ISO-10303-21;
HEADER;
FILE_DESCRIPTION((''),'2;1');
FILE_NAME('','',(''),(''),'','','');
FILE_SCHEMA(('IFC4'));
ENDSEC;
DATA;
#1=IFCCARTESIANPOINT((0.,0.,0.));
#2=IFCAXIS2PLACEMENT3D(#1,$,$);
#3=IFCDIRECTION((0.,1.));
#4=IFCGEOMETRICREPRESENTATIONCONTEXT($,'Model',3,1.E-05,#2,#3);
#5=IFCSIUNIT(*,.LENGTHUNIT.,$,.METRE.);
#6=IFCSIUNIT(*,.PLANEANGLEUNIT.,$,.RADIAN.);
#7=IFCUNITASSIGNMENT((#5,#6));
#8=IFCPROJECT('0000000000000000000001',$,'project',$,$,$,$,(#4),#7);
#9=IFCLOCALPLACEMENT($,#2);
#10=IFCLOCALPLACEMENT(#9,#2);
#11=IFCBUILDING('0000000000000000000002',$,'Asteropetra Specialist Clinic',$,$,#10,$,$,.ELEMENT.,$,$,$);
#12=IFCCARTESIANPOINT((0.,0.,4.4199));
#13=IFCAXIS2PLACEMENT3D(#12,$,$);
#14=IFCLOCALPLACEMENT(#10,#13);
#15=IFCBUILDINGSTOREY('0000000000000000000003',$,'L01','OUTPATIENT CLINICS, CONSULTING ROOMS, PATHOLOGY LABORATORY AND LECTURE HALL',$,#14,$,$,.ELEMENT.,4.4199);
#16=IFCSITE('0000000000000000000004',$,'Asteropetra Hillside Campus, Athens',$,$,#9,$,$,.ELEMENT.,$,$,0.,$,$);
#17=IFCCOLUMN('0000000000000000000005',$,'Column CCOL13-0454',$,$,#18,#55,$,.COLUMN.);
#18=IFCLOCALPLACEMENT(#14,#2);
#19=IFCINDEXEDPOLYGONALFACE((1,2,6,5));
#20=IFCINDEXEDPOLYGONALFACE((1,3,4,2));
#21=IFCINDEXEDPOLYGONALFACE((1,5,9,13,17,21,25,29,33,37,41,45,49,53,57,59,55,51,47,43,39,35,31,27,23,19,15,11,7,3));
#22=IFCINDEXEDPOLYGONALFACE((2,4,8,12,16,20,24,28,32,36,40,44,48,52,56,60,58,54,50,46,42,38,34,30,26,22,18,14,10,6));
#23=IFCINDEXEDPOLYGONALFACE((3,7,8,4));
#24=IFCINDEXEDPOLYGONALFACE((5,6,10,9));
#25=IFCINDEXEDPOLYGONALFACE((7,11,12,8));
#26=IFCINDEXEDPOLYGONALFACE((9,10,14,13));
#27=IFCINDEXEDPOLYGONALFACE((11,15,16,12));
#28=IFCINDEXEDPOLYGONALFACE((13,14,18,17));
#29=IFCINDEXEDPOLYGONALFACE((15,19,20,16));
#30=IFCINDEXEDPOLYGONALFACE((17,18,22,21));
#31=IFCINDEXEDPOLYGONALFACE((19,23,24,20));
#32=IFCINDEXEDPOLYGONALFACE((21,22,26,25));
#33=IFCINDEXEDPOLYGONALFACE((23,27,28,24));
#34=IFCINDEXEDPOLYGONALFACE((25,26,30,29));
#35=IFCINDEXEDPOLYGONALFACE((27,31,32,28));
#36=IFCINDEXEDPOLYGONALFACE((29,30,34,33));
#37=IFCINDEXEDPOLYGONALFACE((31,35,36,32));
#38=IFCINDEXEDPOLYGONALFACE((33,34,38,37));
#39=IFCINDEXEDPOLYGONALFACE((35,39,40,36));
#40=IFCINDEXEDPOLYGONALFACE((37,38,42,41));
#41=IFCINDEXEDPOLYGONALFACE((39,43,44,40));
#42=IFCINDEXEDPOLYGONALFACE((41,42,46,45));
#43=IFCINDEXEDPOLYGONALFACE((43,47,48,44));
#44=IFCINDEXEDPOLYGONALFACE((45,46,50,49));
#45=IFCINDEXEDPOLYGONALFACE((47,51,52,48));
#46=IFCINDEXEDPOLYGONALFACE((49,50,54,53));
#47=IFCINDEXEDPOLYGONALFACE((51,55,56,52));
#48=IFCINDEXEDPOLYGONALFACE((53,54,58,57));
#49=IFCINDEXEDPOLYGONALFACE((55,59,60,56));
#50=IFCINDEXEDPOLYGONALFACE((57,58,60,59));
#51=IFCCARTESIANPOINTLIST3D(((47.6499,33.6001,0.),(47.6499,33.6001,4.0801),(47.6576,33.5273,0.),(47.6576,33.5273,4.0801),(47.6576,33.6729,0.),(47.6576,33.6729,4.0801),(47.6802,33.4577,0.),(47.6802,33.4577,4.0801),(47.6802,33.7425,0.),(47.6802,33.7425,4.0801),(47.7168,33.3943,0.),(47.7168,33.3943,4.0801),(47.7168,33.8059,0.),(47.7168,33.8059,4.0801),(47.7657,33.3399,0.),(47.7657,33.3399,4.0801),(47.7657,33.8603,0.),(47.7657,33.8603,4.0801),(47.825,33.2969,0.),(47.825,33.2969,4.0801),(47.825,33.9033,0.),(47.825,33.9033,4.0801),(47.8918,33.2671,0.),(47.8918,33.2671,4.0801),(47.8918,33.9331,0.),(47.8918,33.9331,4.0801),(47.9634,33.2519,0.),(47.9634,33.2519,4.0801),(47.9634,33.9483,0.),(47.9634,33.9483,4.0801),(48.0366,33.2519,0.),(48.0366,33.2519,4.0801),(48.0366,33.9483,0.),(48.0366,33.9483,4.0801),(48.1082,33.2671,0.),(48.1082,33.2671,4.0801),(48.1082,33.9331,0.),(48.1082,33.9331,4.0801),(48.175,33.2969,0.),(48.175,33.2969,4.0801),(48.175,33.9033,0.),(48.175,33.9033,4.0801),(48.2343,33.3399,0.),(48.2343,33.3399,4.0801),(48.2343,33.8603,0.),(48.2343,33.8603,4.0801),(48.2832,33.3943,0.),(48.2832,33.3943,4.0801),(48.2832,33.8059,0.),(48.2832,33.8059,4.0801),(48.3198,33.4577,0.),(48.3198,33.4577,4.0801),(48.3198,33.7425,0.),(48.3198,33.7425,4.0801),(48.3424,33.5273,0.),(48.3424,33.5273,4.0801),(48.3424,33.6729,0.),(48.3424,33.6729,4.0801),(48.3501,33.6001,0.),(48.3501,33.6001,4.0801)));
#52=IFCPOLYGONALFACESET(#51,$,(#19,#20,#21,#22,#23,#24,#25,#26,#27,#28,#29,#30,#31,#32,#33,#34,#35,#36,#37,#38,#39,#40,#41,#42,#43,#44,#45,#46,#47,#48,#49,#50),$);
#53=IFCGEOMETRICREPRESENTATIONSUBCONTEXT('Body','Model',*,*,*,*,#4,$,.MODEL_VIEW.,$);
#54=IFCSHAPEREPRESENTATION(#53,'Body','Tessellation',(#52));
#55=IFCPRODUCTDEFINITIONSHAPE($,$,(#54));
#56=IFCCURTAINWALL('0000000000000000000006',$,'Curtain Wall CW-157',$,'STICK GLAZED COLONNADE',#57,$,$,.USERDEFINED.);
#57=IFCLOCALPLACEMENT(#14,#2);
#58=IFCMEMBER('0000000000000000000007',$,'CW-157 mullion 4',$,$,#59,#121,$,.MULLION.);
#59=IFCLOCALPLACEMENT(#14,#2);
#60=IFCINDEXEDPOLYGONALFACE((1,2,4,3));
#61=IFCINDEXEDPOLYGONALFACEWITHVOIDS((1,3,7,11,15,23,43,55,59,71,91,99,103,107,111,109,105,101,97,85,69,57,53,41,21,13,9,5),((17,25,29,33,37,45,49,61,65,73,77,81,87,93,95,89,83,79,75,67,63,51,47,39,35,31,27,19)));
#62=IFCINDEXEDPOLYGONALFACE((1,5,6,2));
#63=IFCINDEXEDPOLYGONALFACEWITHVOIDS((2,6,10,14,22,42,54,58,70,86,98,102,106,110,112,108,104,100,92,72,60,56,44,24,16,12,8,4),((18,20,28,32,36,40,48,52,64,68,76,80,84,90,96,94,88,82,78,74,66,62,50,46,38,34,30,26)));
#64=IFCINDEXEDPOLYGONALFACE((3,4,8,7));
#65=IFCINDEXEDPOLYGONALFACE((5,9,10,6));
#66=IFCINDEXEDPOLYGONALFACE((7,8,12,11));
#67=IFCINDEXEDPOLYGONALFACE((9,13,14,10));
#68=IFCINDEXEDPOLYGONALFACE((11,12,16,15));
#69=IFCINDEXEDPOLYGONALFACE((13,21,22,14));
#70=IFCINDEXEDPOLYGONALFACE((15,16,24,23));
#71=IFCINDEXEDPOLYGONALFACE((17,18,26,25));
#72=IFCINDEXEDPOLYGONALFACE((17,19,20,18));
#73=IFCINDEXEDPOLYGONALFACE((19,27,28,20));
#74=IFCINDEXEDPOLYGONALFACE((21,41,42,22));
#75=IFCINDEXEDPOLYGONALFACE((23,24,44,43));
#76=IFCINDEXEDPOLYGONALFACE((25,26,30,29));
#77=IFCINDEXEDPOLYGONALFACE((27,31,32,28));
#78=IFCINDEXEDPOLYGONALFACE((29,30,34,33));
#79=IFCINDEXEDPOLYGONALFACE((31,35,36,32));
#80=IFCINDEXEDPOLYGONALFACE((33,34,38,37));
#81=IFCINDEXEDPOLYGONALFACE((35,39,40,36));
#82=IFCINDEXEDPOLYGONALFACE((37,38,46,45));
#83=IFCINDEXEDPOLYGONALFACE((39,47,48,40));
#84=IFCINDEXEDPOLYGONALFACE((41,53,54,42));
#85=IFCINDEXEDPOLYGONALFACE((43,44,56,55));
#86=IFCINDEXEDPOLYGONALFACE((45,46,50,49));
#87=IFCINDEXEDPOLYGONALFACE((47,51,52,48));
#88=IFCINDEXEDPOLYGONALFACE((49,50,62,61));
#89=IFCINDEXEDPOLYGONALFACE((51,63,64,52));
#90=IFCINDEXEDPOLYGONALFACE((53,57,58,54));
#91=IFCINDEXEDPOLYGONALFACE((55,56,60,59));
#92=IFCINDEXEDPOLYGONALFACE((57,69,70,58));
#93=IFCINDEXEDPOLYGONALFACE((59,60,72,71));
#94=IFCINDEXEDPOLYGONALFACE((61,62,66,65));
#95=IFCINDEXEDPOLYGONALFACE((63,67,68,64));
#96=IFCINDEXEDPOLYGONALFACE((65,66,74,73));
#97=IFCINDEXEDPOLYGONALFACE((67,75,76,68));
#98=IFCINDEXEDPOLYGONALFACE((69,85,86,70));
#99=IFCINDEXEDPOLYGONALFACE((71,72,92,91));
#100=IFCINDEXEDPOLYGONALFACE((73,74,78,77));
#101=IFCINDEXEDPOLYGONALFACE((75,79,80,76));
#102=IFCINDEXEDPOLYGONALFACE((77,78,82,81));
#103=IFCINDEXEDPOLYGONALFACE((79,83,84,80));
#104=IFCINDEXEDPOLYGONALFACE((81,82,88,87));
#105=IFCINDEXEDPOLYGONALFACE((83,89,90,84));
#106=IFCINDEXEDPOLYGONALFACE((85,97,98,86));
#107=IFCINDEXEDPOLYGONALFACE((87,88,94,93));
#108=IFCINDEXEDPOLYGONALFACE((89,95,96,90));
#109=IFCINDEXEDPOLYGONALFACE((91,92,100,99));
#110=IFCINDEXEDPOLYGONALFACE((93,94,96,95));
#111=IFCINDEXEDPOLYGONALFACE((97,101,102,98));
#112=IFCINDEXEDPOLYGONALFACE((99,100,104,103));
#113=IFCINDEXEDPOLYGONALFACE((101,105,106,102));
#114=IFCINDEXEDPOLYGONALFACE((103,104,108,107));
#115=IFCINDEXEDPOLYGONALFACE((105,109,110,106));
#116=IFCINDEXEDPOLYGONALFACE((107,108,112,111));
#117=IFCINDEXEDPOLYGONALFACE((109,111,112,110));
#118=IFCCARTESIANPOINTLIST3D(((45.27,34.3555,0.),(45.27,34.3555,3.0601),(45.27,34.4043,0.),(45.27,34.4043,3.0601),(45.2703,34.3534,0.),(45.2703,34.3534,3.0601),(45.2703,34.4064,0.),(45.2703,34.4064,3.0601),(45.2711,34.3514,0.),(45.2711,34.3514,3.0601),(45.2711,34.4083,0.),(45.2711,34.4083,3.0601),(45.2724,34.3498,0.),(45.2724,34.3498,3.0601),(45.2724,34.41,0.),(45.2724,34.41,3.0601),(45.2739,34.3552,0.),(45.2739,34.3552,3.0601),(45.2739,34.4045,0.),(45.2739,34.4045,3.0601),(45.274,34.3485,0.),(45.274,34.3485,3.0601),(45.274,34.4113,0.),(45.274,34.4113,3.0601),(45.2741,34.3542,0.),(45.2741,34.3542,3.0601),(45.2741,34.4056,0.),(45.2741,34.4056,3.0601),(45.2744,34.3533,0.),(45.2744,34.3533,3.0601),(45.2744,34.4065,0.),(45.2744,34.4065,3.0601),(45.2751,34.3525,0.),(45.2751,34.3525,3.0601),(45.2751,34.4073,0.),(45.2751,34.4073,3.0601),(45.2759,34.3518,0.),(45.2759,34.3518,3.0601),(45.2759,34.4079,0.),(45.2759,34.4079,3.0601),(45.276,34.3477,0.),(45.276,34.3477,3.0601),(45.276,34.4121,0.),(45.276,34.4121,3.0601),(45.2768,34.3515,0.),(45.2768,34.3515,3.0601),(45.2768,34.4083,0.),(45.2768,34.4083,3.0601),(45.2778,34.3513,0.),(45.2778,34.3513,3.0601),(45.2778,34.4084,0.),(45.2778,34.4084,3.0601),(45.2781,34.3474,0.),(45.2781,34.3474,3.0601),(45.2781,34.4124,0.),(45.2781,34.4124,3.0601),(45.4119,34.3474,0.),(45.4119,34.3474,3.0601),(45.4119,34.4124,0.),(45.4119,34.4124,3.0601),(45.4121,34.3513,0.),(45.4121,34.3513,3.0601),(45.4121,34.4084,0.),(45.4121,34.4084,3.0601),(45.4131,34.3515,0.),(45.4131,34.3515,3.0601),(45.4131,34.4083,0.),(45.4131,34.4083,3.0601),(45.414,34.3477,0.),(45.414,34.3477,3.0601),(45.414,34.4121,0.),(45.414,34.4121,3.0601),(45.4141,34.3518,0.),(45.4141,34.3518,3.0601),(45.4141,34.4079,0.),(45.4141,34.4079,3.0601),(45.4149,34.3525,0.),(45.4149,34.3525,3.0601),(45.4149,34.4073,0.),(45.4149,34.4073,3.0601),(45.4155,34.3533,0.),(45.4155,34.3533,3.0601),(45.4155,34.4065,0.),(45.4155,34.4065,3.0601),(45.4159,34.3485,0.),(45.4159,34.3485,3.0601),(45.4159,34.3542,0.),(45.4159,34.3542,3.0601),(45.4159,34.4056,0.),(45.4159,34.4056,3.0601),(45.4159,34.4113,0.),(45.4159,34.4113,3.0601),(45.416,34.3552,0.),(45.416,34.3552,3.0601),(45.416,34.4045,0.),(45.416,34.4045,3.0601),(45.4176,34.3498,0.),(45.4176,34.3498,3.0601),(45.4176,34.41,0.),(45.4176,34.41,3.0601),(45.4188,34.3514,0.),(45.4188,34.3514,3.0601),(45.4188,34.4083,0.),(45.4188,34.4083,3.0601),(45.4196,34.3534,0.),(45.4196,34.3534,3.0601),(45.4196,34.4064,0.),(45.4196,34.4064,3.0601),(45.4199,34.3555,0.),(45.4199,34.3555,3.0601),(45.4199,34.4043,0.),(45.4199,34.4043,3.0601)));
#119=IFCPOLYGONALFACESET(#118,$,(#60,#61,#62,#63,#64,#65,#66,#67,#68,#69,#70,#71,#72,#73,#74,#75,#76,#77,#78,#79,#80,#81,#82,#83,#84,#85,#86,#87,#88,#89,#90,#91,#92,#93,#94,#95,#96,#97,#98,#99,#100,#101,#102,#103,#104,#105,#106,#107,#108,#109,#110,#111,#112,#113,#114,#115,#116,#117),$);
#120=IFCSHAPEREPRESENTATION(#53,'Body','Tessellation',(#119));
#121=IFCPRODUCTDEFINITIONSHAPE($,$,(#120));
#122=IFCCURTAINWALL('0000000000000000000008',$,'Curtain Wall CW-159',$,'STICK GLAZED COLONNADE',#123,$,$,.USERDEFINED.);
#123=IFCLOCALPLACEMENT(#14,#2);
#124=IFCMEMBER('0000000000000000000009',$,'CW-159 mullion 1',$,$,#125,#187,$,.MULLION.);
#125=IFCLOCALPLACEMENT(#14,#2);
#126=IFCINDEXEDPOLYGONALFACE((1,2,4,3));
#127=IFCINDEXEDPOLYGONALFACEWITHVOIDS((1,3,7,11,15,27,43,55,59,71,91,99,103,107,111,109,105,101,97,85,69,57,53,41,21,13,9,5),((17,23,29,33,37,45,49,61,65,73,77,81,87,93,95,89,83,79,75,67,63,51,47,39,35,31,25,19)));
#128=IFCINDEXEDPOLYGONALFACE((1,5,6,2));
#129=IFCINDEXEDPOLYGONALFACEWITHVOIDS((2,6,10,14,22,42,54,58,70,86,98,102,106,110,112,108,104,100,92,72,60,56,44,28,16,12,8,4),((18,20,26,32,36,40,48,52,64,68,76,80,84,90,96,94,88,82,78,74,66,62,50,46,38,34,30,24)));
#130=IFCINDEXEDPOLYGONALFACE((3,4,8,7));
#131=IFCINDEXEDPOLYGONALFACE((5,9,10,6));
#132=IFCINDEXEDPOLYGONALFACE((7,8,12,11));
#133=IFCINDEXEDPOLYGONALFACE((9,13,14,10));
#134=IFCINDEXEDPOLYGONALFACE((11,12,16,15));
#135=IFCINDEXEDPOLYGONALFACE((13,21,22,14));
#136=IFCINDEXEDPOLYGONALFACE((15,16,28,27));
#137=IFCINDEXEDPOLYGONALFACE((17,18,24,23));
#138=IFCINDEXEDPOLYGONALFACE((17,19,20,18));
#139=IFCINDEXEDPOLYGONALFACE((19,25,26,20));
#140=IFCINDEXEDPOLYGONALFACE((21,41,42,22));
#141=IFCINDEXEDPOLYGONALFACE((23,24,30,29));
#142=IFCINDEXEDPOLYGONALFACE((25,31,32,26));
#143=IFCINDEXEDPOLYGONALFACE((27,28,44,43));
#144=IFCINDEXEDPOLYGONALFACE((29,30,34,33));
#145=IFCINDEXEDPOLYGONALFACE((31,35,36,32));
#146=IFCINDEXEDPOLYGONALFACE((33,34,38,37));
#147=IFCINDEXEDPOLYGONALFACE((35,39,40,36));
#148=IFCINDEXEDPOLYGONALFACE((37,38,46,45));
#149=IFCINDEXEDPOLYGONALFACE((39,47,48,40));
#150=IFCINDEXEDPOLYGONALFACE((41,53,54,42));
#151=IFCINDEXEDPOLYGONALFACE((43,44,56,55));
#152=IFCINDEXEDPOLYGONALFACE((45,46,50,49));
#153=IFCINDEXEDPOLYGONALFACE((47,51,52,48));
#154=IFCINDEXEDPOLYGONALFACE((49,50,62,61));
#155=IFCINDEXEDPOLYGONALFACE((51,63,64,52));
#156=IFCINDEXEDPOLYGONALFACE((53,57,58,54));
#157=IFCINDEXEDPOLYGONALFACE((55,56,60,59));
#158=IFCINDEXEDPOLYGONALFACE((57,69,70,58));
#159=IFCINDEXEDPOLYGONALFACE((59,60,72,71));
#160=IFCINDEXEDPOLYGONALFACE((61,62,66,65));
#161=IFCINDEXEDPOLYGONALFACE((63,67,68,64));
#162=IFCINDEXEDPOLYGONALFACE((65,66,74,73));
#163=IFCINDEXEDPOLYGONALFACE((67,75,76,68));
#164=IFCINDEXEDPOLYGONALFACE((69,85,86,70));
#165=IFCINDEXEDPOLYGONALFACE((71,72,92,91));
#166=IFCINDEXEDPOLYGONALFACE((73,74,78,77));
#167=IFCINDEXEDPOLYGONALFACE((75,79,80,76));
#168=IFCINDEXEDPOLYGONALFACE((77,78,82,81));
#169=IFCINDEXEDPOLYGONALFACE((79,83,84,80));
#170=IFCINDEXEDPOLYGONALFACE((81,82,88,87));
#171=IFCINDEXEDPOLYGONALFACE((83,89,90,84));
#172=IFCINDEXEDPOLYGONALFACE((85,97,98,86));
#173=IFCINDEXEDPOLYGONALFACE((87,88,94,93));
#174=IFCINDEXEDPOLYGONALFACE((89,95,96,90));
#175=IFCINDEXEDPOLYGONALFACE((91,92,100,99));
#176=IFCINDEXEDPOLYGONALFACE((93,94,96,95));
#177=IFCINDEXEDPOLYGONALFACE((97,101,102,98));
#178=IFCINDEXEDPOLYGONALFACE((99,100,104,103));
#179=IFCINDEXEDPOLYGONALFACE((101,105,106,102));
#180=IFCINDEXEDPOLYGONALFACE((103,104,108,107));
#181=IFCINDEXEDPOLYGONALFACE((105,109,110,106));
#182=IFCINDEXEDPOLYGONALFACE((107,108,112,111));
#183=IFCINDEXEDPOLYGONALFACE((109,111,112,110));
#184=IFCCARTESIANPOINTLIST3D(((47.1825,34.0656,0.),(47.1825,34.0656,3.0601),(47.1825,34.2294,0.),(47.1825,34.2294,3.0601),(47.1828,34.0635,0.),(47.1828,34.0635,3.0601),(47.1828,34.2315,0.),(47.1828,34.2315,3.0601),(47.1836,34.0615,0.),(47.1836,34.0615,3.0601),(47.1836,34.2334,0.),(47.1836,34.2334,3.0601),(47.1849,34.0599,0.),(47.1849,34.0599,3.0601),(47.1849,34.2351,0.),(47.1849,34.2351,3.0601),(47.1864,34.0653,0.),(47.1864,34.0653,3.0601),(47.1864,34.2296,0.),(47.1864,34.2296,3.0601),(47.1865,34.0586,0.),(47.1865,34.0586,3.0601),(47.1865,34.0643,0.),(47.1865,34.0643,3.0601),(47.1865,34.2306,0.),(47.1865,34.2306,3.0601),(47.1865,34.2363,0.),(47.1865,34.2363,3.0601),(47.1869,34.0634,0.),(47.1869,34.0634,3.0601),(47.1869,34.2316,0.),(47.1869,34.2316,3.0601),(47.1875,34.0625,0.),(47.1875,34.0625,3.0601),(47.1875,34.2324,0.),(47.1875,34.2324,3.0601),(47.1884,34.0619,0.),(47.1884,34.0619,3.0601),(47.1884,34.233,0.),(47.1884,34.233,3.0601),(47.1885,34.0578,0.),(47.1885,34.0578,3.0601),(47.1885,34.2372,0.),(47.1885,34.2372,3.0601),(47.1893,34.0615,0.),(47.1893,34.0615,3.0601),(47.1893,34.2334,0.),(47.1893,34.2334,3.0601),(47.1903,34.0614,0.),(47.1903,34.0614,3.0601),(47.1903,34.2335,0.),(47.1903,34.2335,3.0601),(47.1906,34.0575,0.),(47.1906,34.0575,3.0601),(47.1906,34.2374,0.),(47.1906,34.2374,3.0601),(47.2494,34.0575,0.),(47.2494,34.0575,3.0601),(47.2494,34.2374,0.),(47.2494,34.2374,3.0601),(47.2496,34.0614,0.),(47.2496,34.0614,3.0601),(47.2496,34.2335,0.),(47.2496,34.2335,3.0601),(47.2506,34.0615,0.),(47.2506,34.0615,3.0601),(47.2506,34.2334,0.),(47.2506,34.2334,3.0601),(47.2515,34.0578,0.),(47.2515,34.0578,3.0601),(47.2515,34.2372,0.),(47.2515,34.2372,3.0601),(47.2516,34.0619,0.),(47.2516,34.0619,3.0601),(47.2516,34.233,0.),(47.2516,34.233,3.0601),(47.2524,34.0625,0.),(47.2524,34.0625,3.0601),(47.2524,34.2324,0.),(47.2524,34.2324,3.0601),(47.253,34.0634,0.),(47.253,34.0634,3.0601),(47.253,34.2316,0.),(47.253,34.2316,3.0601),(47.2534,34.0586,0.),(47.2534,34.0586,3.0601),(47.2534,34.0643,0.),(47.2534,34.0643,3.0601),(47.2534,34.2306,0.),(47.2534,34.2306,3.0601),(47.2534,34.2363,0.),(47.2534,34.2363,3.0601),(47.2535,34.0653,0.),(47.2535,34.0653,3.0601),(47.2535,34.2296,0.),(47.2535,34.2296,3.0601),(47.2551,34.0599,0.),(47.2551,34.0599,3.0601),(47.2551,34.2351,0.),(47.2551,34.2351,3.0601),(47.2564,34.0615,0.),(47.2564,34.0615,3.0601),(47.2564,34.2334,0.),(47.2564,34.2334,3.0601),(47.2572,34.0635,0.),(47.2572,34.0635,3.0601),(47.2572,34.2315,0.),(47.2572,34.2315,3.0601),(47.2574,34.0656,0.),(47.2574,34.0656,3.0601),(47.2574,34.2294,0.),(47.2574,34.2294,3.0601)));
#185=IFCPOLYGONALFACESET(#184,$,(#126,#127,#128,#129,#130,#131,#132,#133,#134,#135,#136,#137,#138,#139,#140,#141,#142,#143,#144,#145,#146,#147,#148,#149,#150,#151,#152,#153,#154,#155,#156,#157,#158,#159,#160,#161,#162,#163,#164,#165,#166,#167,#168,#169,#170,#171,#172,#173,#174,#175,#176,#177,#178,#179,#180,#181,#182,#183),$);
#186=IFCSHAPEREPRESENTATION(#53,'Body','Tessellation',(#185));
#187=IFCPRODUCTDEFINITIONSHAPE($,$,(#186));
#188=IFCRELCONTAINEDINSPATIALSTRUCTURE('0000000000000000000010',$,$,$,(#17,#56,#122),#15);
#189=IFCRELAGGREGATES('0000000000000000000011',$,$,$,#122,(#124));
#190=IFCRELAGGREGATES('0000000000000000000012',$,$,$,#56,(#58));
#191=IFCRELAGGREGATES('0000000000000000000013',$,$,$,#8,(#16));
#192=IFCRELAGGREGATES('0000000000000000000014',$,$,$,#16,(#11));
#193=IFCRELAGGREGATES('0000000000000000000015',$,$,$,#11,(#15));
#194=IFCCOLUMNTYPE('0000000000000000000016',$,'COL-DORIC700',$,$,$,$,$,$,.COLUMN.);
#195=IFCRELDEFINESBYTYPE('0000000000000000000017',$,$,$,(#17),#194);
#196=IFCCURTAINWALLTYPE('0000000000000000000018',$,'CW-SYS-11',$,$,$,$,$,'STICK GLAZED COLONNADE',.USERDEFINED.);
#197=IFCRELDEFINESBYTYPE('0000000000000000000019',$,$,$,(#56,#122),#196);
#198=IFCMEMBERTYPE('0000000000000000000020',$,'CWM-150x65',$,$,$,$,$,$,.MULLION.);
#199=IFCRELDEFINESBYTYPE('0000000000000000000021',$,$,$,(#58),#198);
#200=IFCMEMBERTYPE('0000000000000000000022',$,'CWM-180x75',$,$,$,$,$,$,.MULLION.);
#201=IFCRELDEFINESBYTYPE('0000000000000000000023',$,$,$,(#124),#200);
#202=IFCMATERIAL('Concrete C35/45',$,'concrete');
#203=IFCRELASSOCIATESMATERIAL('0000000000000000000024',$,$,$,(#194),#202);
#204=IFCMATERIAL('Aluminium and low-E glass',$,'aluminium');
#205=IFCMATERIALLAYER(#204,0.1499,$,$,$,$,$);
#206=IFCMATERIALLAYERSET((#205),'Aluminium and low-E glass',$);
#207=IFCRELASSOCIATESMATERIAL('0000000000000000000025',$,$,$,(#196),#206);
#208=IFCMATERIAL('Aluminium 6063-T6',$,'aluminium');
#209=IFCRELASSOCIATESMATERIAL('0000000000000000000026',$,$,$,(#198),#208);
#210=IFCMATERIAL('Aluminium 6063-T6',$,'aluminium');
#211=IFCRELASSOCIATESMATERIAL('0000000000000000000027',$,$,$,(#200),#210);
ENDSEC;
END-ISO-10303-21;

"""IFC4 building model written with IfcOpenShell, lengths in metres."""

from ifc_helpers import new_model, si_unit, direction, frame, origin, origin_2d, place, context, subcontext, project, spatial, hollow_rectangle, circle, extrude, material, layer, layer_set, material_profile, profile_set, type_object, element, aggregate, save


model = new_model("IFC4")

# Units and contexts
model_context = context("Model", 3, precision=1e-05, world=origin(), true_north=direction((0.0, 1.0)))
body_context = subcontext(model_context, "Body", "Model", "MODEL_VIEW")
ifc_project = project(units=[si_unit("LENGTHUNIT", "METRE"), si_unit("PLANEANGLEUNIT", "RADIAN")], contexts=[model_context])

# Site, building, storey
site_placement = place(None, origin())
site = spatial("IfcSite", under=ifc_project, at=site_placement, Name="Asteropetra Hillside Campus, Athens", CompositionType="ELEMENT", RefElevation=0.0)
building_placement = place(site_placement, origin())
building = spatial("IfcBuilding", under=site, at=building_placement, Name="Asteropetra Specialist Clinic", CompositionType="ELEMENT")
storey_placement = place(building_placement, frame((0.0, 0.0, 4.4199)))
storey = spatial("IfcBuildingStorey", under=building, at=storey_placement, Name="L01", Description="OUTPATIENT CLINICS, CONSULTING ROOMS, PATHOLOGY LABORATORY AND LECTURE HALL", CompositionType="ELEMENT", Elevation=4.4199)

# Column
ifc_material_1 = material(Name="Concrete C35/45", Category="concrete")
ifc_material_profile_1 = material_profile(ifc_material_1, circle(Radius=0.3501, at=origin_2d()), Name="RCC D700")
ifc_profile_set_1 = profile_set([ifc_material_profile_1], Name="Concrete C35/45")
column_type = type_object("IfcColumnType", Name="COL-DORIC700", PredefinedType="COLUMN", material=ifc_profile_set_1)
column_placement = place(storey_placement, frame((48.0, 33.6001, 0.0), z_axis=(0.0, 0.0, 1.0), x_axis=(1.0, 0.0, 0.0)))
element("IfcColumn", 1, at=column_placement, inside=storey, type_object=column_type, Name="Column CCOL13-0454", PredefinedType="COLUMN", context=body_context, shape_type="SweptSolid", body=[
    extrude(circle(Radius=0.3501, at=origin_2d()), origin(), (0.0, 0.0, 1.0), 4.0801),
])

# Curtain walls, members
ifc_material_2 = material(Name="Aluminium and low-E glass", Category="aluminium")
ifc_layer_1 = layer(ifc_material_2, 0.1499)
ifc_layer_set_1 = layer_set([ifc_layer_1], Name="Aluminium and low-E glass")
curtain_wall_type = type_object("IfcCurtainWallType", Name="CW-SYS-11", ElementType="STICK GLAZED COLONNADE", PredefinedType="USERDEFINED", material=ifc_layer_set_1)
curtain_wall_1_placement = place(storey_placement, origin())
curtain_wall_1 = element("IfcCurtainWall", 2, at=curtain_wall_1_placement, inside=storey, type_object=curtain_wall_type, Name="Curtain Wall CW-157", ObjectType="STICK GLAZED COLONNADE", PredefinedType="USERDEFINED")
ifc_material_3 = material(Name="Aluminium 6063-T6", Category="aluminium")
ifc_material_profile_2 = material_profile(ifc_material_3, hollow_rectangle(XDim=0.0649, YDim=0.1499, WallThickness=0.0039, InnerFilletRadius=0.0039, OuterFilletRadius=0.0081, at=origin_2d()), Name="MUL 150x65x4.0")
ifc_profile_set_2 = profile_set([ifc_material_profile_2], Name="Aluminium 6063-T6")
member_type_1 = type_object("IfcMemberType", Name="CWM-150x65", PredefinedType="MULLION", material=ifc_profile_set_2)
member_1_placement = place(storey_placement, frame((45.345, 34.3799, 0.0), z_axis=(0.0, 0.0, 1.0), x_axis=(0.0, 1.0, 0.0)))
member_1 = element("IfcMember", 3, at=member_1_placement, type_object=member_type_1, Name="CW-157 mullion 4", PredefinedType="MULLION", context=body_context, shape_type="SweptSolid", body=[
    extrude(hollow_rectangle(XDim=0.0649, YDim=0.1499, WallThickness=0.0039, InnerFilletRadius=0.0039, OuterFilletRadius=0.0081, at=origin_2d()), origin(), (0.0, 0.0, 1.0), 3.0601),
])
curtain_wall_2_placement = place(storey_placement, origin())
curtain_wall_2 = element("IfcCurtainWall", 4, at=curtain_wall_2_placement, inside=storey, type_object=curtain_wall_type, Name="Curtain Wall CW-159", ObjectType="STICK GLAZED COLONNADE", PredefinedType="USERDEFINED")
ifc_material_4 = material(Name="Aluminium 6063-T6", Category="aluminium")
ifc_material_profile_3 = material_profile(ifc_material_4, hollow_rectangle(XDim=0.075, YDim=0.1799, WallThickness=0.0039, InnerFilletRadius=0.0039, OuterFilletRadius=0.0081, at=origin_2d()), Name="MUL 180x75x4.0")
ifc_profile_set_3 = profile_set([ifc_material_profile_3], Name="Aluminium 6063-T6")
member_type_2 = type_object("IfcMemberType", Name="CWM-180x75", PredefinedType="MULLION", material=ifc_profile_set_3)
member_2_placement = place(storey_placement, frame((47.22, 34.1475, 0.0), z_axis=(0.0, 0.0, 1.0), x_axis=(-1.0, 0.0, 0.0)))
member_2 = element("IfcMember", 5, at=member_2_placement, type_object=member_type_2, Name="CW-159 mullion 1", PredefinedType="MULLION", context=body_context, shape_type="SweptSolid", body=[
    extrude(hollow_rectangle(XDim=0.075, YDim=0.1799, WallThickness=0.0039, InnerFilletRadius=0.0039, OuterFilletRadius=0.0081, at=origin_2d()), origin(), (0.0, 0.0, 1.0), 3.0601),
])

aggregate(curtain_wall_2, [member_2])

aggregate(curtain_wall_1, [member_1])

save(model, "model.ifc")
